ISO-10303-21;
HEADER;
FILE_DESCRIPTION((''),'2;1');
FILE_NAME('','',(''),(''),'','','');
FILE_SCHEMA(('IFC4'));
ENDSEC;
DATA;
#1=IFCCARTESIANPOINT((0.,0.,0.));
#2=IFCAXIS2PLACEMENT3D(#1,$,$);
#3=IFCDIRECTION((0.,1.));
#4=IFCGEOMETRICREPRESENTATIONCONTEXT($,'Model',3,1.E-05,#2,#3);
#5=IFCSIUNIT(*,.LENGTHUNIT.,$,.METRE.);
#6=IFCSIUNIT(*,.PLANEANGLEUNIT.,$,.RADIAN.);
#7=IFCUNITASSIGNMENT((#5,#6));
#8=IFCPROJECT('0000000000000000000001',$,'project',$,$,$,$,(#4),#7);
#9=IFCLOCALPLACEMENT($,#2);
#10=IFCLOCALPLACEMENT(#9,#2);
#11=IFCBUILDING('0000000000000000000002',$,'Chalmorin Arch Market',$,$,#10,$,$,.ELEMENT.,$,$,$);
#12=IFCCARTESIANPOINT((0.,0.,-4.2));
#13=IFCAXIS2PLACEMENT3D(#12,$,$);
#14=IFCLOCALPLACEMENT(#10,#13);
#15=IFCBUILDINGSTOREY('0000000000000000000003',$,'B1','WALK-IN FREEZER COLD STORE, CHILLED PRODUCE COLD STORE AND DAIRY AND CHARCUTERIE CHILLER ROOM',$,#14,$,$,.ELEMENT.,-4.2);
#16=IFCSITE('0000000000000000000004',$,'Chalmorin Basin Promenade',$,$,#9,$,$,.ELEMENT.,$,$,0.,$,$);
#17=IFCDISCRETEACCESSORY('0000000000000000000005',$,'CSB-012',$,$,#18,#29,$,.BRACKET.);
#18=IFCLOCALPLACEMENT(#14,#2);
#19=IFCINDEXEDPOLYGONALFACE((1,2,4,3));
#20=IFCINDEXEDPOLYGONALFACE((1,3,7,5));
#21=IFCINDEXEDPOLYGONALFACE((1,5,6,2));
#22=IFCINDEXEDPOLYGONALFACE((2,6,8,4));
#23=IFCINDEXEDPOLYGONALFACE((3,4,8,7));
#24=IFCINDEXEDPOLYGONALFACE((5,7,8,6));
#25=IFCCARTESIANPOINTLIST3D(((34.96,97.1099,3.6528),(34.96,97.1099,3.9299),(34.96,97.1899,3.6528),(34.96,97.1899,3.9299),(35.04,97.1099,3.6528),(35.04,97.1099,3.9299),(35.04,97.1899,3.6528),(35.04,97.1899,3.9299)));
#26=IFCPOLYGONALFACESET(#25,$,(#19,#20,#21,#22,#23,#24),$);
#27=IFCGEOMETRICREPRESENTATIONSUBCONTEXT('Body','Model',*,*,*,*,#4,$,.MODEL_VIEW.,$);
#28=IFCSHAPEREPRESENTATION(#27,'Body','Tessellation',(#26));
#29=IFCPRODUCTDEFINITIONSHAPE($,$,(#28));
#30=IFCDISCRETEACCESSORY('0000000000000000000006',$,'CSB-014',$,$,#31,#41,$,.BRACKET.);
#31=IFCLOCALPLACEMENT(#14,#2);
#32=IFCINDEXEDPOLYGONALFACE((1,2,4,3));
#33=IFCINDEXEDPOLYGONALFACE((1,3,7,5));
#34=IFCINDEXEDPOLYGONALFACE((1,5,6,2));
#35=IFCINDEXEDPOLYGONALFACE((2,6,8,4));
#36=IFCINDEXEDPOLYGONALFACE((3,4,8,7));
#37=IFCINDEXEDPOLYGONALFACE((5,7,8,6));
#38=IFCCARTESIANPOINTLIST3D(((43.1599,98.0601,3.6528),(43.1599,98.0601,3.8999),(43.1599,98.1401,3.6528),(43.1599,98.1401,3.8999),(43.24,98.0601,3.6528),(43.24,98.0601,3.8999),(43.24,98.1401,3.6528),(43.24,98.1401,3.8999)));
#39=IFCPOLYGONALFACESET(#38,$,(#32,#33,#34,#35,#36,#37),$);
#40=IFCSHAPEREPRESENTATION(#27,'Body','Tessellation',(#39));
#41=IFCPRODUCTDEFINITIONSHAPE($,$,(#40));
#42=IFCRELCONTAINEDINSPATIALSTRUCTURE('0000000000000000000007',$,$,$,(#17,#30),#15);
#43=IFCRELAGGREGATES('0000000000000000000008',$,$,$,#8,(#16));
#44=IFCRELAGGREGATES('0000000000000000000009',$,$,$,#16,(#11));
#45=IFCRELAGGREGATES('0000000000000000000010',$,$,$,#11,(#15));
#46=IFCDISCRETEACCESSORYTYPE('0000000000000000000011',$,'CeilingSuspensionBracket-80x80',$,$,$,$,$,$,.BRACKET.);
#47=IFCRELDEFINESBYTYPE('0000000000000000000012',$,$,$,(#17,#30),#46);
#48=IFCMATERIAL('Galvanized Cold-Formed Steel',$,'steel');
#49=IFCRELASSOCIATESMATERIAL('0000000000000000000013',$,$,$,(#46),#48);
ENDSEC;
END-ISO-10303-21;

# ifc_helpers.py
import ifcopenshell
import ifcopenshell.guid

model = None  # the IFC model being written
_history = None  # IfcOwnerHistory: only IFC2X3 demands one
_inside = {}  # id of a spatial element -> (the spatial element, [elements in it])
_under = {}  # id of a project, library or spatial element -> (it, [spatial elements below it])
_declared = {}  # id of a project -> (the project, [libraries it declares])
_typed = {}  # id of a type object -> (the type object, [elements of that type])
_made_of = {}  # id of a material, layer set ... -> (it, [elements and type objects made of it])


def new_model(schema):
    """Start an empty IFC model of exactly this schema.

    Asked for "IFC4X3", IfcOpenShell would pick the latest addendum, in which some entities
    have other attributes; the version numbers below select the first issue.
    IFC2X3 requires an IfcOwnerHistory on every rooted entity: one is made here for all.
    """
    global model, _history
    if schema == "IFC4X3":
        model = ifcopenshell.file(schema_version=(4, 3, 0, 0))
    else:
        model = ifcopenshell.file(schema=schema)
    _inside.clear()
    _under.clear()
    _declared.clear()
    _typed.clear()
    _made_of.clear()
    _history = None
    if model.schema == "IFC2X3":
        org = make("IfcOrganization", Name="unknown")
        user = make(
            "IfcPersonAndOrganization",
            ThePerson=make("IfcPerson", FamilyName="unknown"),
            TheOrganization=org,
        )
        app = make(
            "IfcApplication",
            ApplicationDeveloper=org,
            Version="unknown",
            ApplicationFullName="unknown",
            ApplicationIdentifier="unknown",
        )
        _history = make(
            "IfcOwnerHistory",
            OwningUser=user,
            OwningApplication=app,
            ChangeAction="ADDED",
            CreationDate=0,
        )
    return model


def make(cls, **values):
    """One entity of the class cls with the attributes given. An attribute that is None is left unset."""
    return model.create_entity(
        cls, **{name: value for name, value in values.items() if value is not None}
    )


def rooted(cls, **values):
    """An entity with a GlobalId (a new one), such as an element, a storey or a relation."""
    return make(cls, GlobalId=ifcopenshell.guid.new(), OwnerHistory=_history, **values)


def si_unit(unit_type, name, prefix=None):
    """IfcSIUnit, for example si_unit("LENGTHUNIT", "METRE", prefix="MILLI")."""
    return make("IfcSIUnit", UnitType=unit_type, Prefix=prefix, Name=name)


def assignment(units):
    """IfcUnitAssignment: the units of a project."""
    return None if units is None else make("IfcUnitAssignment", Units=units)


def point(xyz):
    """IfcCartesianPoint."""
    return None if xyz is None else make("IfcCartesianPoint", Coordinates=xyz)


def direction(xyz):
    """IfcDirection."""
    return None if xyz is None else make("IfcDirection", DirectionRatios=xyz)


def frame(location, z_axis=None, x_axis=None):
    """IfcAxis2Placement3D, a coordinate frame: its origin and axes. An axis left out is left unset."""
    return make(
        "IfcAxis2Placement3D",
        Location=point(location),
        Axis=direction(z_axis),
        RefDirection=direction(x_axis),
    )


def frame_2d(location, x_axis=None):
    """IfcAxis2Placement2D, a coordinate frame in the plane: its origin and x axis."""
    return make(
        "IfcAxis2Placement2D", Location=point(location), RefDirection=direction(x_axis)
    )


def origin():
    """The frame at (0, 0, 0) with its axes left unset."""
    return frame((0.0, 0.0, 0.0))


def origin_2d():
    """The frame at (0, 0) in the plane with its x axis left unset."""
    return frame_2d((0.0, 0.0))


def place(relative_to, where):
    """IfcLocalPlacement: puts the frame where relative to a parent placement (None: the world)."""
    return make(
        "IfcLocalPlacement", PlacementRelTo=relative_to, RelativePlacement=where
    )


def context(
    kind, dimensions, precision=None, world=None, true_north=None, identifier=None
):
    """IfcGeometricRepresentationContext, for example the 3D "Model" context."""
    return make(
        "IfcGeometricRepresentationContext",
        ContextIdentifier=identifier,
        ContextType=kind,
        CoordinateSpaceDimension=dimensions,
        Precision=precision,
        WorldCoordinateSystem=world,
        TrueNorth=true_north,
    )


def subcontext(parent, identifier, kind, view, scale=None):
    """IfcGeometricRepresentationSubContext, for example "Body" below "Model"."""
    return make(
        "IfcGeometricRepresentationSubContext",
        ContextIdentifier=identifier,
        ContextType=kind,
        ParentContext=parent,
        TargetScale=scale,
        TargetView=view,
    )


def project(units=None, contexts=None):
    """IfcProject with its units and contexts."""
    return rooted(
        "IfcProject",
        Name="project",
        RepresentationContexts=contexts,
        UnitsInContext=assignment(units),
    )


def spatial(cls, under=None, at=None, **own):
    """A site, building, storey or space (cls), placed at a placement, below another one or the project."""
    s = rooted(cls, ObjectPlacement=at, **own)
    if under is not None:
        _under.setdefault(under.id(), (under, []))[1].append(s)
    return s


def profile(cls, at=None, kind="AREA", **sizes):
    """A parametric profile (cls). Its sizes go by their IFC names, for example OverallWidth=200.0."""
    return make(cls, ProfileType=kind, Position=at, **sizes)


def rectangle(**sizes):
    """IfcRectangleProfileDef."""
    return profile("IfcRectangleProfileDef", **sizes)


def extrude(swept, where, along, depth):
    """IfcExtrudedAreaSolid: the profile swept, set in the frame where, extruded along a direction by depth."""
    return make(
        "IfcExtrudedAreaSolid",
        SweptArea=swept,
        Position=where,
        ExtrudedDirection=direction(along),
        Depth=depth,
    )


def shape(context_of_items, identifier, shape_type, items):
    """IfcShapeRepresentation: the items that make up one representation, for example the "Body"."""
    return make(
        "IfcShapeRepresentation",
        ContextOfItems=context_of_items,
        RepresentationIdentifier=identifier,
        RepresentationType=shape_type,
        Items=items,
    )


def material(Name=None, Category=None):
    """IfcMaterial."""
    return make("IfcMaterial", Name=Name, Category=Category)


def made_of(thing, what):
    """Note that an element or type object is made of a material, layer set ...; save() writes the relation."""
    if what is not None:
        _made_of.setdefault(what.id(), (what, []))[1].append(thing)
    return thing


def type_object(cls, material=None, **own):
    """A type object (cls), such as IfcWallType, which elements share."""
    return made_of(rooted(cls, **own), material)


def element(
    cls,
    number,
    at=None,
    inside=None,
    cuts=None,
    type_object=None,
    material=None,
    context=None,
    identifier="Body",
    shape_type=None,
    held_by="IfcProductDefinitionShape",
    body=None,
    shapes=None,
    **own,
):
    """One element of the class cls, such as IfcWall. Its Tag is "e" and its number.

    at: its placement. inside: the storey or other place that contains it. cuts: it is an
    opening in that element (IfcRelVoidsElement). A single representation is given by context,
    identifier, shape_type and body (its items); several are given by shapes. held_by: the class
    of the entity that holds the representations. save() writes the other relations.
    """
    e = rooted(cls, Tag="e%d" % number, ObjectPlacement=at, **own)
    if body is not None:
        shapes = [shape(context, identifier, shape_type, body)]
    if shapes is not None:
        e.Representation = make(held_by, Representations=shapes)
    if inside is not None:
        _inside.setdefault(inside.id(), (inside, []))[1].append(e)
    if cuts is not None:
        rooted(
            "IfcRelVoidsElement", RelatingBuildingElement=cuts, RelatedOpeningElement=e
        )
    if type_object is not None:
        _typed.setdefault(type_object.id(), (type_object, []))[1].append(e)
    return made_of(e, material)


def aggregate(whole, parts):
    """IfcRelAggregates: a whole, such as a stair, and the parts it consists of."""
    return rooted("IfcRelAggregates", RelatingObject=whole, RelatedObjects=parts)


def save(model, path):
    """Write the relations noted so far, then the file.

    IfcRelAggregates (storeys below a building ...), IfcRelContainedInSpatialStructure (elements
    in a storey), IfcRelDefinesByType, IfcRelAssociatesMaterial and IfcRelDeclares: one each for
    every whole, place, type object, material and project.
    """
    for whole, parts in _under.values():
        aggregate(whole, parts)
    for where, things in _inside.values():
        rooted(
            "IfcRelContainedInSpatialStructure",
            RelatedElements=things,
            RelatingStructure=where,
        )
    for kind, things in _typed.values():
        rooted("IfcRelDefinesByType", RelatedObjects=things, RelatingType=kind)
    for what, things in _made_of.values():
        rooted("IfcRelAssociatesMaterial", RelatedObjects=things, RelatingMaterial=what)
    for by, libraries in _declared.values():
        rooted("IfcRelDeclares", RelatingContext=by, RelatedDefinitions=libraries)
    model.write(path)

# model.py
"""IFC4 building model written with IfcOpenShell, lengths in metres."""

from ifc_helpers import new_model, si_unit, direction, frame, origin, origin_2d, place, context, subcontext, project, spatial, rectangle, extrude, material, type_object, element, save


model = new_model("IFC4")

# Units and contexts
model_context = context("Model", 3, precision=1e-05, world=origin(), true_north=direction((0.0, 1.0)))
body_context = subcontext(model_context, "Body", "Model", "MODEL_VIEW")
ifc_project = project(units=[si_unit("LENGTHUNIT", "METRE"), si_unit("PLANEANGLEUNIT", "RADIAN")], contexts=[model_context])

# Site, building, storey
site_placement = place(None, origin())
site = spatial("IfcSite", under=ifc_project, at=site_placement, Name="Chalmorin Basin Promenade", CompositionType="ELEMENT", RefElevation=0.0)
building_placement = place(site_placement, origin())
building = spatial("IfcBuilding", under=site, at=building_placement, Name="Chalmorin Arch Market", CompositionType="ELEMENT")
storey_placement = place(building_placement, frame((0.0, 0.0, -4.2)))
storey = spatial("IfcBuildingStorey", under=building, at=storey_placement, Name="B1", Description="WALK-IN FREEZER COLD STORE, CHILLED PRODUCE COLD STORE AND DAIRY AND CHARCUTERIE CHILLER ROOM", CompositionType="ELEMENT", Elevation=-4.2)

# Discrete accessories
ifc_material_1 = material(Name="Galvanized Cold-Formed Steel", Category="steel")
discrete_accessory_type = type_object("IfcDiscreteAccessoryType", Name="CeilingSuspensionBracket-80x80", PredefinedType="BRACKET", material=ifc_material_1)
discrete_accessory_1_placement = place(storey_placement, frame((35.0, 97.1499, 3.6528), z_axis=(0.0, 0.0, 1.0), x_axis=(1.0, 0.0, 0.0)))
element("IfcDiscreteAccessory", 1, at=discrete_accessory_1_placement, inside=storey, type_object=discrete_accessory_type, Name="CSB-012", PredefinedType="BRACKET", context=body_context, shape_type="SweptSolid", body=[
    extrude(rectangle(XDim=0.0801, YDim=0.0801, at=origin_2d()), origin(), (0.0, 0.0, 1.0), 0.2771),
])
discrete_accessory_2_placement = place(storey_placement, frame((43.2, 98.1001, 3.6528), z_axis=(0.0, 0.0, 1.0), x_axis=(1.0, 0.0, 0.0)))
element("IfcDiscreteAccessory", 2, at=discrete_accessory_2_placement, inside=storey, type_object=discrete_accessory_type, Name="CSB-014", PredefinedType="BRACKET", context=body_context, shape_type="SweptSolid", body=[
    extrude(rectangle(XDim=0.0801, YDim=0.0801, at=origin_2d()), origin(), (0.0, 0.0, 1.0), 0.2471),
])

save(model, "model.ifc")
